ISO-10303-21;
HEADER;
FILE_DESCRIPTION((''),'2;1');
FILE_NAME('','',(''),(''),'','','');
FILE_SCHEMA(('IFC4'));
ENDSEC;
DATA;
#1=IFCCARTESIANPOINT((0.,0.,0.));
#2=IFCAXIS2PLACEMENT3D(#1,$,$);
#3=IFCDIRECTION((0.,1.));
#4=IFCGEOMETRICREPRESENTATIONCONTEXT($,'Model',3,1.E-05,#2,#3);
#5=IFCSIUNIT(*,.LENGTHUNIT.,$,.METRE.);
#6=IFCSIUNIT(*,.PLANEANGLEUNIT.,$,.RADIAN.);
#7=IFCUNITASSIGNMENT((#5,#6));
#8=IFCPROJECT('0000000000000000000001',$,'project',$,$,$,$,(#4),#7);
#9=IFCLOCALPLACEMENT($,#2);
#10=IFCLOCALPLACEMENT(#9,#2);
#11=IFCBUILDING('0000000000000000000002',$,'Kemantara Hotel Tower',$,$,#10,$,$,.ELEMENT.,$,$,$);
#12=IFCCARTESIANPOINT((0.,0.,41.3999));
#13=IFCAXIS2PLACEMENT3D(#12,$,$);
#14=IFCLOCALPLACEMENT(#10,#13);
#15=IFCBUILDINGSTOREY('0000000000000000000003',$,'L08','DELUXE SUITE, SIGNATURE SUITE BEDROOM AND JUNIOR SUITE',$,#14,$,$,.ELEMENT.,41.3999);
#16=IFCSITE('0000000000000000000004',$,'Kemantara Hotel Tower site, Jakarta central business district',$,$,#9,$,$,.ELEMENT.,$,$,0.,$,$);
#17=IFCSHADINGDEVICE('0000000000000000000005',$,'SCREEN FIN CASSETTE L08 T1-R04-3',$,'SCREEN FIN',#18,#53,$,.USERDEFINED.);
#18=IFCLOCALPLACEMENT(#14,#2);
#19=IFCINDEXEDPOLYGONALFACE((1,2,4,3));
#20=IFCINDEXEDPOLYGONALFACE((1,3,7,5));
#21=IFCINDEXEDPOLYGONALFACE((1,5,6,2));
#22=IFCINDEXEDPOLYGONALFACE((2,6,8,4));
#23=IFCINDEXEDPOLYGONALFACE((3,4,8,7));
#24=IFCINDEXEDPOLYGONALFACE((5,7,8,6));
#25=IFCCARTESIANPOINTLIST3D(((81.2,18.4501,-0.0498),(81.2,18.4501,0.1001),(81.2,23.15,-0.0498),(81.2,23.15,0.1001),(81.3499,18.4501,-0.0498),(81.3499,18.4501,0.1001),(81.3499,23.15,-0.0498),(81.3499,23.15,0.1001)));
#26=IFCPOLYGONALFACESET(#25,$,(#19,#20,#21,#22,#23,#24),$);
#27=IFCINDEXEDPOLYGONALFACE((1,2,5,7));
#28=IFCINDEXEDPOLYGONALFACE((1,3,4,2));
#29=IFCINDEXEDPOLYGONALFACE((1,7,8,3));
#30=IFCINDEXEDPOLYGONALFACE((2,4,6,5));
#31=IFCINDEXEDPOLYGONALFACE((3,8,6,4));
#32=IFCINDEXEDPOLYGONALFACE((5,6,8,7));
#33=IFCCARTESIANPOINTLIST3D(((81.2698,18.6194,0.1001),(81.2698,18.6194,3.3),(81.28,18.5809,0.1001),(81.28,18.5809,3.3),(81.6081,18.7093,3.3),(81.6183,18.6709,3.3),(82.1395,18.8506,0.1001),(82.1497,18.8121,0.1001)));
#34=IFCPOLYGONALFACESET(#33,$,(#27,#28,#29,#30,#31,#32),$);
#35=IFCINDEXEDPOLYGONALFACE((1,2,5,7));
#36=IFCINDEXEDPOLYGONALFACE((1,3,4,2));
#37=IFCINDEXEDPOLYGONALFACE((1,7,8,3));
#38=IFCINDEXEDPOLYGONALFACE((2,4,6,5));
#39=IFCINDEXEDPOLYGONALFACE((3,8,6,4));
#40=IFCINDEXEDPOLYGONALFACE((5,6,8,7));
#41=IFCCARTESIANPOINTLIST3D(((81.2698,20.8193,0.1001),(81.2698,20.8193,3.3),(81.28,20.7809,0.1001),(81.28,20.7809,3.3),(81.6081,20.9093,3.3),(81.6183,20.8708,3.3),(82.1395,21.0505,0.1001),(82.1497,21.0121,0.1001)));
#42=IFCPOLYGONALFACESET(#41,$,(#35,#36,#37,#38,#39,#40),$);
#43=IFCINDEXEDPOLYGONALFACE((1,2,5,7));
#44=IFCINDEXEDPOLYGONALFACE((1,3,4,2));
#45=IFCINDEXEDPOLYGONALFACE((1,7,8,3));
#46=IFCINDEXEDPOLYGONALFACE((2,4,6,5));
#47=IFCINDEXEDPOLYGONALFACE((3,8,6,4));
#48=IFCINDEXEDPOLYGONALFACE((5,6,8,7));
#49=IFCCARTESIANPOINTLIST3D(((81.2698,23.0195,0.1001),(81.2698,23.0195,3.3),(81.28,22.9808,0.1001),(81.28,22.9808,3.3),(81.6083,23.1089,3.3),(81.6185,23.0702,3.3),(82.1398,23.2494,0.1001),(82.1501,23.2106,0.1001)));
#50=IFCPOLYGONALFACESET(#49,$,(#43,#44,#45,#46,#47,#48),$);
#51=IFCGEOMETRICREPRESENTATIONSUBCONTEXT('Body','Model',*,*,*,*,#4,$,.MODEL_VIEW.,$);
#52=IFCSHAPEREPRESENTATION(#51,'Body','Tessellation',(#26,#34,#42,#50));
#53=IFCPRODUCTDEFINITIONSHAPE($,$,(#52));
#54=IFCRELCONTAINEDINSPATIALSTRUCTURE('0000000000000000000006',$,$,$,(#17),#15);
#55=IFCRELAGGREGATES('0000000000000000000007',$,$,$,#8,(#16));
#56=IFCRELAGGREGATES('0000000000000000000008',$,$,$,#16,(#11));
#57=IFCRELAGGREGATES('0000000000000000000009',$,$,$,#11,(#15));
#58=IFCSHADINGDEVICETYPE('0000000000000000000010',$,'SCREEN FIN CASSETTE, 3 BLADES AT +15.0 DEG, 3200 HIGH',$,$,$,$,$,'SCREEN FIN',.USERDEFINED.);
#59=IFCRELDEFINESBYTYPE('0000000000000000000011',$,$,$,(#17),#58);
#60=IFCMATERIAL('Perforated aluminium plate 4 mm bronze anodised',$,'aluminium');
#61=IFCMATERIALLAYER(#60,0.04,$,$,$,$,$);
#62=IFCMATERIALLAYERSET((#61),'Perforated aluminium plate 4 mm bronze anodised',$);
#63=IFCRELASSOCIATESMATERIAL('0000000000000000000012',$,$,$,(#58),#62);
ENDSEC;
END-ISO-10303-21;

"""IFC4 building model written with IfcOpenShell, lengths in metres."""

from ifc_helpers import new_model, si_unit, direction, frame, origin, origin_2d, place, context, subcontext, project, spatial, polyline, rectangle, outline, extrude, source, transform, mapped, material, layer, layer_set, type_object, element, save


model = new_model("IFC4")

# Units and contexts
model_context = context("Model", 3, precision=1e-05, world=origin(), true_north=direction((0.0, 1.0)))
body_context = subcontext(model_context, "Body", "Model", "MODEL_VIEW")
ifc_project = project(units=[si_unit("LENGTHUNIT", "METRE"), si_unit("PLANEANGLEUNIT", "RADIAN")], contexts=[model_context])

# Site, building, storey
site_placement = place(None, origin())
site = spatial("IfcSite", under=ifc_project, at=site_placement, Name="Kemantara Hotel Tower site, Jakarta central business district", CompositionType="ELEMENT", RefElevation=0.0)
building_placement = place(site_placement, origin())
building = spatial("IfcBuilding", under=site, at=building_placement, Name="Kemantara Hotel Tower", CompositionType="ELEMENT")
storey_placement = place(building_placement, frame((0.0, 0.0, 41.3999)))
storey = spatial("IfcBuildingStorey", under=building, at=storey_placement, Name="L08", Description="DELUXE SUITE, SIGNATURE SUITE BEDROOM AND JUNIOR SUITE", CompositionType="ELEMENT", Elevation=41.3999)

# Shading device
ifc_material_1 = material(Name="Perforated aluminium plate 4 mm bronze anodised", Category="aluminium")
ifc_layer_1 = layer(ifc_material_1, 0.04)
ifc_layer_set_1 = layer_set([ifc_layer_1], Name="Perforated aluminium plate 4 mm bronze anodised")
shading_device_type = type_object("IfcShadingDeviceType", Name="SCREEN FIN CASSETTE, 3 BLADES AT +15.0 DEG, 3200 HIGH", ElementType="SCREEN FIN", PredefinedType="USERDEFINED", material=ifc_layer_set_1)
shared_shape_1 = source(origin(), body_context, "Body", "SweptSolid", [
    extrude(rectangle(XDim=4.7, YDim=0.1499, at=origin_2d()), frame((2.2, -0.075, -0.1499), z_axis=(0.0, 0.0, 1.0), x_axis=(1.0, 0.0, 0.0)), (0.0, 0.0, 1.0), 0.1499),
    extrude(outline(polyline([(0.0, 0.0), (0.8999, 0.0), (0.3501, 3.2), (0.0, 3.2), (0.0, 0.0)])), frame((0.0193, -0.0698, 0.0), z_axis=(-0.966438, -0.256901, 0.0), x_axis=(0.256901, -0.966438, 0.0)), (0.0, 0.0, 1.0), 0.0398),
    extrude(outline(polyline([(0.0, 0.0), (0.8999, 0.0), (0.3501, 3.2), (0.0, 3.2), (0.0, 0.0)])), frame((2.2192, -0.0698, 0.0), z_axis=(-0.966438, -0.256901, 0.0), x_axis=(0.256901, -0.966438, 0.0)), (0.0, 0.0, 1.0), 0.0398),
    extrude(outline(polyline([(0.0, 0.0), (0.8999, 0.0), (0.3501, 3.2), (0.0, 3.2), (0.0, 0.0)])), frame((4.4194, -0.0698, 0.0), z_axis=(-0.966838, -0.255391, 0.0), x_axis=(0.255391, -0.966838, 0.0)), (0.0, 0.0, 1.0), 0.04),
])
shading_device_placement = place(storey_placement, frame((81.2, 18.6001, 0.1001), z_axis=(0.0, 0.0, 1.0), x_axis=(0.0, 1.0, 0.0)))
element("IfcShadingDevice", 1, at=shading_device_placement, inside=storey, type_object=shading_device_type, Name="SCREEN FIN CASSETTE L08 T1-R04-3", ObjectType="SCREEN FIN", PredefinedType="USERDEFINED", context=body_context, shape_type="MappedRepresentation", body=[
    mapped(shared_shape_1, transform((0.0, 0.0, 0.0))),
])

save(model, "model.ifc")
